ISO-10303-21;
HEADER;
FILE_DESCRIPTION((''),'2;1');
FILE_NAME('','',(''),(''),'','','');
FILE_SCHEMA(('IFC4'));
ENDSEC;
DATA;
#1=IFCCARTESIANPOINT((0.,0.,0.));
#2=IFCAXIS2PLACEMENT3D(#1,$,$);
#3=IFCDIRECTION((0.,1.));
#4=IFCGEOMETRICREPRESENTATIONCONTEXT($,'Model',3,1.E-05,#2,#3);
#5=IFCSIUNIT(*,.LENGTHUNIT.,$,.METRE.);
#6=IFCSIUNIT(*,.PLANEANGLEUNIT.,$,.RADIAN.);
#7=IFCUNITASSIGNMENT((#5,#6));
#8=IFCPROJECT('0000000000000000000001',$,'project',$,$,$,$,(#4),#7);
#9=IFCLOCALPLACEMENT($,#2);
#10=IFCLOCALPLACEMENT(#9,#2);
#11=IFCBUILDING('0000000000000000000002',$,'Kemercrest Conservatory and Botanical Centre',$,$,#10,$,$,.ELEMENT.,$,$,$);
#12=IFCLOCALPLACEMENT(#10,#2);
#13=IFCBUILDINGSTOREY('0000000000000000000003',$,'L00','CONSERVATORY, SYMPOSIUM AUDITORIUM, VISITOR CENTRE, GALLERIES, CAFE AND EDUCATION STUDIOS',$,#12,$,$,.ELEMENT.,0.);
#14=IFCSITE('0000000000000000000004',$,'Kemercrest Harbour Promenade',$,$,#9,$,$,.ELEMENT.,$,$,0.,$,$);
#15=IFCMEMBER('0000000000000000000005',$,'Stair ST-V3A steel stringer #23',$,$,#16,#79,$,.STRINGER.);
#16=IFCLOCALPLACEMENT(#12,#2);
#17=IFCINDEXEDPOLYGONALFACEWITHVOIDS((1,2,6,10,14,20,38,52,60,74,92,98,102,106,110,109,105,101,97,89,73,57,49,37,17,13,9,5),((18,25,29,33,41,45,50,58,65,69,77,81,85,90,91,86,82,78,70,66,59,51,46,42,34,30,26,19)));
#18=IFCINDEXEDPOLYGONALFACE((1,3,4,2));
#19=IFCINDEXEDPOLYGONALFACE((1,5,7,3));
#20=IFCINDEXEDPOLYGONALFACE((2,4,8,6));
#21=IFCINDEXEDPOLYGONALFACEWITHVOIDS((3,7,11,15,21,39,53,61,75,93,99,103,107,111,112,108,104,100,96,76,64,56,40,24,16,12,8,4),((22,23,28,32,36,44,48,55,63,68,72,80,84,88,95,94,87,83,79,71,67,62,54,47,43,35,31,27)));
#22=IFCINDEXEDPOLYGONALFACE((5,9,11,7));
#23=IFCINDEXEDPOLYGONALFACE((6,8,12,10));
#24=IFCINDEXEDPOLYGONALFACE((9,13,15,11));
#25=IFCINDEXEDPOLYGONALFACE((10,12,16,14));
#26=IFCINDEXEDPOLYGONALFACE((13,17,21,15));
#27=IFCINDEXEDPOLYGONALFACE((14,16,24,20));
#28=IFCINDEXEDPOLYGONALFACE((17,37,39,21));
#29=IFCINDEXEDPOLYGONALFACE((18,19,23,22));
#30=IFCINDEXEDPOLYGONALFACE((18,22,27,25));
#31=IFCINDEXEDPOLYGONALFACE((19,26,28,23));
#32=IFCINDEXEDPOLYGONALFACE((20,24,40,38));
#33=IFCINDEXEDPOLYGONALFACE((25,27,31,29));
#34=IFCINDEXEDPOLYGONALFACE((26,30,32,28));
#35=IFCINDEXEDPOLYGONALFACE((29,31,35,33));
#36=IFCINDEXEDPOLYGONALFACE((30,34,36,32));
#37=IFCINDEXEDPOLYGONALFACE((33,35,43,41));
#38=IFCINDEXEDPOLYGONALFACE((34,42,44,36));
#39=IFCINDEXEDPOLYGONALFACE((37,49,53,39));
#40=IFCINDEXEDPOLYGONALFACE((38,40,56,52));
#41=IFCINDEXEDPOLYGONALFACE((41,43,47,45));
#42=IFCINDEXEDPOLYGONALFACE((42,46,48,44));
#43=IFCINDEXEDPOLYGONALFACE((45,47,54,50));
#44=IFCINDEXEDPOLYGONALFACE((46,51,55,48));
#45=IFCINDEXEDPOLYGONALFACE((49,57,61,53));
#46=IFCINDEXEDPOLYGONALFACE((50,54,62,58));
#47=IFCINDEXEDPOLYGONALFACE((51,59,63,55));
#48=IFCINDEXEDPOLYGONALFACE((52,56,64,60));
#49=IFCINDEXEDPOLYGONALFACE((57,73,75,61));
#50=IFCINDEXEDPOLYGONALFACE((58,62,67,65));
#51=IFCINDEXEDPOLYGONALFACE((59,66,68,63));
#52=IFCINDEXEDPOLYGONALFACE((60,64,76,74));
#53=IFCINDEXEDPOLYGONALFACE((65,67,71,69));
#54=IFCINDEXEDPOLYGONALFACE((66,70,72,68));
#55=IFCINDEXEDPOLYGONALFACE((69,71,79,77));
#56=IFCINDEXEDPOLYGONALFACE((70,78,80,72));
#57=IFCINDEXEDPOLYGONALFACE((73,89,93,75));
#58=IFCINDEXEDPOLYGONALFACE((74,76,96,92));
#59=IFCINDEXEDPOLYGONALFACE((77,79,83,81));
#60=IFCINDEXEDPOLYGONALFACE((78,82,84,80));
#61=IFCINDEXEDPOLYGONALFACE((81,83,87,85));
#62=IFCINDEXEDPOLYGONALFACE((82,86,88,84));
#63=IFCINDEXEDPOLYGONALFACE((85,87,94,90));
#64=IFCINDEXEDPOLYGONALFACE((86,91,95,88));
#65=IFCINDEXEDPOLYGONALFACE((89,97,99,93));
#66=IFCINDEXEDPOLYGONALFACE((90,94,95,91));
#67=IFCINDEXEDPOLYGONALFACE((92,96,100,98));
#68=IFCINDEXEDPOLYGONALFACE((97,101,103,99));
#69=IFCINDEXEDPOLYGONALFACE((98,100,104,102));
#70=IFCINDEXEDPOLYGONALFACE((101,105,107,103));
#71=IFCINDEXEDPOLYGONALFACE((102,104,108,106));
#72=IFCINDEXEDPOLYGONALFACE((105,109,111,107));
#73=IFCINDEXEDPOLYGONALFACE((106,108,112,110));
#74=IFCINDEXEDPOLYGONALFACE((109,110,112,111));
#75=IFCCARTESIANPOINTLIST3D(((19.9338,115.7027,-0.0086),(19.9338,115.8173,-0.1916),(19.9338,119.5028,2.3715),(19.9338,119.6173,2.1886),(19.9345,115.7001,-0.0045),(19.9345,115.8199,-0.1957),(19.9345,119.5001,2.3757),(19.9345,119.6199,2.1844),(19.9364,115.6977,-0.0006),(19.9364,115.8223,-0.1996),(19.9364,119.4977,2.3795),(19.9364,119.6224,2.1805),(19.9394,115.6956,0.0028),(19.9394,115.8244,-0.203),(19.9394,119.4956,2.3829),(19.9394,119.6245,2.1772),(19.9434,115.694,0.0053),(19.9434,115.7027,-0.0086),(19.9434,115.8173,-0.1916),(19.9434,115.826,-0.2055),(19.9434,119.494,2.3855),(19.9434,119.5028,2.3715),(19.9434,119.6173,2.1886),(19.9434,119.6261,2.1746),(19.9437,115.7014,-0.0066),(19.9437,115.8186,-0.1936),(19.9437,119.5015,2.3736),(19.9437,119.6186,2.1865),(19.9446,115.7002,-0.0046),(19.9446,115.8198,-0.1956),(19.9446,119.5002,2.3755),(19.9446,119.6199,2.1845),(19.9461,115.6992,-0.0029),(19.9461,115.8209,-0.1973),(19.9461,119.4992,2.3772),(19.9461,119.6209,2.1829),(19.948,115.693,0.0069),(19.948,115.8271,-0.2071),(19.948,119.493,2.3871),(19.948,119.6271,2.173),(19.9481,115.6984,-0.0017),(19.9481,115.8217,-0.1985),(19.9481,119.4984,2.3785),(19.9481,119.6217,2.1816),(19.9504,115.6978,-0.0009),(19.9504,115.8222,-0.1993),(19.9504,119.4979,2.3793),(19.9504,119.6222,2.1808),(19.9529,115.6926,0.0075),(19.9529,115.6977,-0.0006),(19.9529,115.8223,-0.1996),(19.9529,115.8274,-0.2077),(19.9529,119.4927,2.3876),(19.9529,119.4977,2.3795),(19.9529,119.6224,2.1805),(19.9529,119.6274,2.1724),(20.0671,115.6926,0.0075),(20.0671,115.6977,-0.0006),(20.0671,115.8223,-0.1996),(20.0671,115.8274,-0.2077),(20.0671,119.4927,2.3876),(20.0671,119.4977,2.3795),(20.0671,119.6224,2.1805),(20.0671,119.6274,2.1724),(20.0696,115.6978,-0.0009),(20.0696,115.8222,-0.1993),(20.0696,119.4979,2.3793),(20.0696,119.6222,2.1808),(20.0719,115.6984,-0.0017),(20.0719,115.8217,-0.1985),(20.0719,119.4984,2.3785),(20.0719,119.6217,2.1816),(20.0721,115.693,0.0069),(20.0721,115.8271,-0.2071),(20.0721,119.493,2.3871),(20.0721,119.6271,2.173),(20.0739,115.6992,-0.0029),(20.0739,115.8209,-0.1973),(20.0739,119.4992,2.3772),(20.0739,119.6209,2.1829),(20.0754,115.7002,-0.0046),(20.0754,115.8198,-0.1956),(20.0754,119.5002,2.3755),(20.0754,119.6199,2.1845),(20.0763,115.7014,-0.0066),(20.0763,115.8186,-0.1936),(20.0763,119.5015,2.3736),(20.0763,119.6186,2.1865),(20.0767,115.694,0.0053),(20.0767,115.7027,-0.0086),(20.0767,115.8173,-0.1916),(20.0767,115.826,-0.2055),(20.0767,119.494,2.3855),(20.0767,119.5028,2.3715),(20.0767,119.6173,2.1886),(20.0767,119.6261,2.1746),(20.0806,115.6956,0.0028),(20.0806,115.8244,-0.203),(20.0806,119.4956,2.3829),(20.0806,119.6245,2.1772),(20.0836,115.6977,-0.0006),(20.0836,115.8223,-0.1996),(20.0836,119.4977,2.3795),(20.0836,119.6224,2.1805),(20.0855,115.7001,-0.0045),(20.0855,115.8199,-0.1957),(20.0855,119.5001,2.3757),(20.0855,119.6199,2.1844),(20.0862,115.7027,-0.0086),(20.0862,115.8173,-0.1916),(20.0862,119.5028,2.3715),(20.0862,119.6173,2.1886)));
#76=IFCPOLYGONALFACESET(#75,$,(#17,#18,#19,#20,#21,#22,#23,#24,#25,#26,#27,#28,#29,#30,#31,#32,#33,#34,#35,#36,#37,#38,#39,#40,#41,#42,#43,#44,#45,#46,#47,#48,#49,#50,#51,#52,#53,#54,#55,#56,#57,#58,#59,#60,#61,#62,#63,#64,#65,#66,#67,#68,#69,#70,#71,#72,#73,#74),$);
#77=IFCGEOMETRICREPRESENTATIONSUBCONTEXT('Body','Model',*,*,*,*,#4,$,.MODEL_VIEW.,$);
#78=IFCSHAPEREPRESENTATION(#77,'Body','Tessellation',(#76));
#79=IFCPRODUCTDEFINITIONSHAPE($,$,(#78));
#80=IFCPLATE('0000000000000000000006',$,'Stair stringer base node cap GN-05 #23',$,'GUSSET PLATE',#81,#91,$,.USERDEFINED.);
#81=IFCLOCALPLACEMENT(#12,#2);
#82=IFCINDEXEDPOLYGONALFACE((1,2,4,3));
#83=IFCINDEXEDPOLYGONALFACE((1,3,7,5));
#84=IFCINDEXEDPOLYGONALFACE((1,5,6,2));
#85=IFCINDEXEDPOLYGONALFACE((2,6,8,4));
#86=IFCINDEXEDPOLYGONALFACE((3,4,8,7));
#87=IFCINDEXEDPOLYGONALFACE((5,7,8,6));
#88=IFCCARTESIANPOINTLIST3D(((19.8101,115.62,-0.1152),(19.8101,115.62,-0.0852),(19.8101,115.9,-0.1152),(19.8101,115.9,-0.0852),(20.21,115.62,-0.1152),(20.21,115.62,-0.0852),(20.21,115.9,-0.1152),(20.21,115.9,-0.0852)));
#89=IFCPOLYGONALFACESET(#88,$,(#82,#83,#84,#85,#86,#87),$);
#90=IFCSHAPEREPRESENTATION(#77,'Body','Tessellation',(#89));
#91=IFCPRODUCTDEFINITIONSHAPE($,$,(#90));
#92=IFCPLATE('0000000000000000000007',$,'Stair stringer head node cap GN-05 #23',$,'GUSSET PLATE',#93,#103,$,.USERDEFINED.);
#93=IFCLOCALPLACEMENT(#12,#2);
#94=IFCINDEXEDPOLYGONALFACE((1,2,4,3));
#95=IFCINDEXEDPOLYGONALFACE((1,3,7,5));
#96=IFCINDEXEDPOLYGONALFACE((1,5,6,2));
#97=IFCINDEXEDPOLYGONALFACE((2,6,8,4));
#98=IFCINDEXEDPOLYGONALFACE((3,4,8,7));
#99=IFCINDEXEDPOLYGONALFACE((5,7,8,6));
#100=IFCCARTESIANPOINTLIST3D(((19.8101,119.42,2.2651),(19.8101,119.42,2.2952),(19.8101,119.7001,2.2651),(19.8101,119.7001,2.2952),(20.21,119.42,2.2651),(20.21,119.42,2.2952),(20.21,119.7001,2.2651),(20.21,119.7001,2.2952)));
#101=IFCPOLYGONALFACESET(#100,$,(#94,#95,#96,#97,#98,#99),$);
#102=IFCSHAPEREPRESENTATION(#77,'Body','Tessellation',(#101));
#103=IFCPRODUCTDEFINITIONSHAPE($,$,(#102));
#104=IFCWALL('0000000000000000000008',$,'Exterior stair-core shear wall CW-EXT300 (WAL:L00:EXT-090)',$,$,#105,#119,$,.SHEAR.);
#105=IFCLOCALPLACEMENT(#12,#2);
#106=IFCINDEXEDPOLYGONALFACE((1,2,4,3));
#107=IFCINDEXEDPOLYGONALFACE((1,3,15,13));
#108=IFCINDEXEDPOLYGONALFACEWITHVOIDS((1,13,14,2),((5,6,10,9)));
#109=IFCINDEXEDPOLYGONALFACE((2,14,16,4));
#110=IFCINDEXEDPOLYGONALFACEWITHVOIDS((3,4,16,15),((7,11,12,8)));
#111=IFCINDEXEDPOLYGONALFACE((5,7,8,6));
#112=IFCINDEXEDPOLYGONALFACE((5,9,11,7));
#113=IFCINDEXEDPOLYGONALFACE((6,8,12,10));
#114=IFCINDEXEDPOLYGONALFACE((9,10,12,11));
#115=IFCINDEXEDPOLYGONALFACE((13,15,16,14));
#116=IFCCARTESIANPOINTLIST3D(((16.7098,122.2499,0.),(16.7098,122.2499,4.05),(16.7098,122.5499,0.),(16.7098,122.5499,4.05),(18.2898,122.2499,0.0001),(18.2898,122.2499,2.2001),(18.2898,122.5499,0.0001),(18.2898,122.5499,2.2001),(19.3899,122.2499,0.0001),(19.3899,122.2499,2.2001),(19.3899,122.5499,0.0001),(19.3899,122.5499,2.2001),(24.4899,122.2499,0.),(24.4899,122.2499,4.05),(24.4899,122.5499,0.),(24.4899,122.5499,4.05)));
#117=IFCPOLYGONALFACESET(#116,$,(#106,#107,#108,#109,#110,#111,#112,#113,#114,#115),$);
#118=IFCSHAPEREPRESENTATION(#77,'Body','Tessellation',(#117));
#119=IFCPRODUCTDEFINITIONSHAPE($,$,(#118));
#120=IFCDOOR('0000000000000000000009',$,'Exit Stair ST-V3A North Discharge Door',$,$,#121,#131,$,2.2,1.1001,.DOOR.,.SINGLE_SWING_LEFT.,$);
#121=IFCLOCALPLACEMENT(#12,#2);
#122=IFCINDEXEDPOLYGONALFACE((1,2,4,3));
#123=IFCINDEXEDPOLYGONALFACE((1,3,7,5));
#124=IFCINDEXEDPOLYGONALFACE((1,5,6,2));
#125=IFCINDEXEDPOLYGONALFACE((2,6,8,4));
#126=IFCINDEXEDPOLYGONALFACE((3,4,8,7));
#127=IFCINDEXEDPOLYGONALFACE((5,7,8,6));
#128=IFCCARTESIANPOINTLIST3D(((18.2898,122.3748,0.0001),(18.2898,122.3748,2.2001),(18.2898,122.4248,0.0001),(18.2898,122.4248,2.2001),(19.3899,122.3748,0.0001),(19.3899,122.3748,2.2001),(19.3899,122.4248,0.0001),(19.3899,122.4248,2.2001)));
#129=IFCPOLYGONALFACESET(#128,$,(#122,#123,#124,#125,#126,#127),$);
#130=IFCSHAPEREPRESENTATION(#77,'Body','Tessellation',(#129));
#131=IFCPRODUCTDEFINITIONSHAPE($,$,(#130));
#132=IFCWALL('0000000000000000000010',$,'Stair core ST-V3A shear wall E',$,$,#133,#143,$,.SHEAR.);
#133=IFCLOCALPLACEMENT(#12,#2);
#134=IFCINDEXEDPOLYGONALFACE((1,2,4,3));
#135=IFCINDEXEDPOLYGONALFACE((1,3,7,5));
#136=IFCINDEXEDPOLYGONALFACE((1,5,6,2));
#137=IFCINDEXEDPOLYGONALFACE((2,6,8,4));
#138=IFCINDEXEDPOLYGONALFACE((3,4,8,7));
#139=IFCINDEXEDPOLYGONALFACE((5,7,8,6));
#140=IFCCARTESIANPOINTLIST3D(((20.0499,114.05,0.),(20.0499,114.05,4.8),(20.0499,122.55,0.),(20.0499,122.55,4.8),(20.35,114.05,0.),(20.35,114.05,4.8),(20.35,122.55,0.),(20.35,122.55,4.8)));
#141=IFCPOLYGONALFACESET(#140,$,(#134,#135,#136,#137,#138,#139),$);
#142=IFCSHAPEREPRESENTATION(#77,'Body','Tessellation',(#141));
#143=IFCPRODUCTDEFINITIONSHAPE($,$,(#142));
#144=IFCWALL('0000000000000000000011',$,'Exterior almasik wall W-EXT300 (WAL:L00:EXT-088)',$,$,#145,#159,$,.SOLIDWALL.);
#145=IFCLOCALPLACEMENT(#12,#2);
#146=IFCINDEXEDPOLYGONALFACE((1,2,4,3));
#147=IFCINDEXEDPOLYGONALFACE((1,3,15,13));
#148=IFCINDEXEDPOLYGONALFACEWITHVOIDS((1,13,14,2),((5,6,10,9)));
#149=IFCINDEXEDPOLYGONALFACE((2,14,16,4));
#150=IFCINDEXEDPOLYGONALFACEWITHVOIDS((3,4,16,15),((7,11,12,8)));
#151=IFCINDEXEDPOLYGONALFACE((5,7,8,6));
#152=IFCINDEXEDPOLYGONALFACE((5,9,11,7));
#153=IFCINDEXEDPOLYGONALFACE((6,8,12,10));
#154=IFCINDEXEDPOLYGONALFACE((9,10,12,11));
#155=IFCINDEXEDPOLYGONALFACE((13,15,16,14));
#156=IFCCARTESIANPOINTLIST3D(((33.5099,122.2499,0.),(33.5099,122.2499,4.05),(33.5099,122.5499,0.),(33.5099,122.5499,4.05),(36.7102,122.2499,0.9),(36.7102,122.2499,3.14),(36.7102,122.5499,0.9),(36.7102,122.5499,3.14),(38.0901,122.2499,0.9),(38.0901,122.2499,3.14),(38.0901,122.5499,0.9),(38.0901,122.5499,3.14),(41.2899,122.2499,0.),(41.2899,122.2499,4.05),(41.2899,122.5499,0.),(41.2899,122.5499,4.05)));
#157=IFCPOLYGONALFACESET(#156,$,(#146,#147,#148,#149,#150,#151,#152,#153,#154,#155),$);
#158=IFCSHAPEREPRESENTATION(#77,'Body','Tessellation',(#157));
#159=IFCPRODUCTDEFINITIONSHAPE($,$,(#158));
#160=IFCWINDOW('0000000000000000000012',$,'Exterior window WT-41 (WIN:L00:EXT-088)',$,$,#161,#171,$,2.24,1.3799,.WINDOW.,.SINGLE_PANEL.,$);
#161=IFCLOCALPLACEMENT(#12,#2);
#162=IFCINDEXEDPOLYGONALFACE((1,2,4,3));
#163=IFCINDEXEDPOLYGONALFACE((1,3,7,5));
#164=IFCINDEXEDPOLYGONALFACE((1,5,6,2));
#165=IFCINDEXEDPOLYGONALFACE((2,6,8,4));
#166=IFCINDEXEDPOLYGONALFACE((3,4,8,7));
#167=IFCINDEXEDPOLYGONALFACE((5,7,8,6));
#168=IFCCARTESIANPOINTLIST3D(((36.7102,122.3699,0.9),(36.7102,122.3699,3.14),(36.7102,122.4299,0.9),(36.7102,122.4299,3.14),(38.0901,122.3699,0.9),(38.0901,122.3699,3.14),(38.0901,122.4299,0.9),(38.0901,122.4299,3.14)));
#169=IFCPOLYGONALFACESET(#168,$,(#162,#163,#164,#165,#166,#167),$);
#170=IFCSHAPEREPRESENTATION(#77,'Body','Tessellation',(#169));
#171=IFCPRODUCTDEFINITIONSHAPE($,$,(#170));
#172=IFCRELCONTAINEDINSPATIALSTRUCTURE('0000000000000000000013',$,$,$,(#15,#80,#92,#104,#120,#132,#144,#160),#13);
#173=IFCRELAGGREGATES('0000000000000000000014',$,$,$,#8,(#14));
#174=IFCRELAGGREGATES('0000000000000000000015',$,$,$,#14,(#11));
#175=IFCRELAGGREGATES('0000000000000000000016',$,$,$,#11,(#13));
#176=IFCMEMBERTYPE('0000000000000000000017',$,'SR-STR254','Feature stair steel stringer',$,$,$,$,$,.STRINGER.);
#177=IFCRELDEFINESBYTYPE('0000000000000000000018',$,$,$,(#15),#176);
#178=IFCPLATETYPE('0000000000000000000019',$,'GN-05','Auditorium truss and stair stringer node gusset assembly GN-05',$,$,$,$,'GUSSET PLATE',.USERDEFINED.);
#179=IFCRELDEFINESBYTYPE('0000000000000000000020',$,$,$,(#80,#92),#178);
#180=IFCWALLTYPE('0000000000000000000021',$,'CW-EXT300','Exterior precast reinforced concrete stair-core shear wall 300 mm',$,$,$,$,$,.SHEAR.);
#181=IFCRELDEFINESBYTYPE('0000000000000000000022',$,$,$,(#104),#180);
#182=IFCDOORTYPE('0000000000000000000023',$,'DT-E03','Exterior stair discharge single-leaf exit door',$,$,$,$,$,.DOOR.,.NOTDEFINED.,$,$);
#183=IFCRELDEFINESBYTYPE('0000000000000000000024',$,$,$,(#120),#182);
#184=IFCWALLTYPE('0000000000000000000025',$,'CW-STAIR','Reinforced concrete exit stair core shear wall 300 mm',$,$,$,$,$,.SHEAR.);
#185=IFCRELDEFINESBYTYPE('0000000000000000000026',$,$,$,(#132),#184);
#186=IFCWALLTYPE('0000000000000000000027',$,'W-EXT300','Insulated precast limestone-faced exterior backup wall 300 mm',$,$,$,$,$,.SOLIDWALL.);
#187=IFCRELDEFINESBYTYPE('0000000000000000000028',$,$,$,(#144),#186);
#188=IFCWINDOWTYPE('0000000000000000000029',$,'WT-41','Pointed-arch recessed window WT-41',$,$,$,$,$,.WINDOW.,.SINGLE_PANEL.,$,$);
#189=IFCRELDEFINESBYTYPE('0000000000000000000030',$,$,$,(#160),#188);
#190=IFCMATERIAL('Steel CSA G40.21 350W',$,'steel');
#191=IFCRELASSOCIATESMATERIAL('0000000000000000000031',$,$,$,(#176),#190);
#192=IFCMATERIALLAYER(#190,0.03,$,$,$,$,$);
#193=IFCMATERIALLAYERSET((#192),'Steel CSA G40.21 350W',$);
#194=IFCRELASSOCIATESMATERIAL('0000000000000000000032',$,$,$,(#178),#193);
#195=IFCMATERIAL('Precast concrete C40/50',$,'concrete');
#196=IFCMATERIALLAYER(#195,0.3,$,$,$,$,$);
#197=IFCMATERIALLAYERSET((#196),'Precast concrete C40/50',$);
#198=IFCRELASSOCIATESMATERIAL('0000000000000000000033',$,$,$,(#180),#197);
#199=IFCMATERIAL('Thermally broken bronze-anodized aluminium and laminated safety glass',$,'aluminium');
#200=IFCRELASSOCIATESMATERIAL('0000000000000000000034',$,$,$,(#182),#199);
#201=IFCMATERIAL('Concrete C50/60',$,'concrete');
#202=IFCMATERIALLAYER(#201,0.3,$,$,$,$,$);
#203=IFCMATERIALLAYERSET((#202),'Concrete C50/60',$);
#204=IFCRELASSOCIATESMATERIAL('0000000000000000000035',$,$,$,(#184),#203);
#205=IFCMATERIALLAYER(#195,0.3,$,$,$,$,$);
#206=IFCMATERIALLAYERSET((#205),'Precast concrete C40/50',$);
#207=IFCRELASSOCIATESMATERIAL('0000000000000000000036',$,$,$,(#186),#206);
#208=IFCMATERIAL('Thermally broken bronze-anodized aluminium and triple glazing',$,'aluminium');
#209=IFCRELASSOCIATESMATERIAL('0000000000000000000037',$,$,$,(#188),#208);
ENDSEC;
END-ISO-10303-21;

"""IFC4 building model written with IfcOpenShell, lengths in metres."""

from ifc_helpers import new_model, si_unit, direction, frame, frame_2d, origin, origin_2d, place, context, subcontext, project, spatial, rectangle, hollow_rectangle, extrude, material, layer, layer_set, material_profile, profile_set, type_object, element, fill, save


model = new_model("IFC4")

# Units and contexts
model_context = context("Model", 3, precision=1e-05, world=origin(), true_north=direction((0.0, 1.0)))
body_context = subcontext(model_context, "Body", "Model", "MODEL_VIEW")
ifc_project = project(units=[si_unit("LENGTHUNIT", "METRE"), si_unit("PLANEANGLEUNIT", "RADIAN")], contexts=[model_context])

# Site, building, storey
site_placement = place(None, origin())
site = spatial("IfcSite", under=ifc_project, at=site_placement, Name="Kemercrest Harbour Promenade", CompositionType="ELEMENT", RefElevation=0.0)
building_placement = place(site_placement, origin())
building = spatial("IfcBuilding", under=site, at=building_placement, Name="Kemercrest Conservatory and Botanical Centre", CompositionType="ELEMENT")
storey_placement = place(building_placement, origin())
storey = spatial("IfcBuildingStorey", under=building, at=storey_placement, Name="L00", Description="CONSERVATORY, SYMPOSIUM AUDITORIUM, VISITOR CENTRE, GALLERIES, CAFE AND EDUCATION STUDIOS", CompositionType="ELEMENT", Elevation=0.0)

# Shared definitions
ifc_material_1 = material(Name="Precast concrete C40/50", Category="concrete")

# Member
ifc_material_2 = material(Name="Steel CSA G40.21 350W", Category="steel")
ifc_material_profile_1 = material_profile(ifc_material_2, hollow_rectangle(XDim=0.1523, YDim=0.2539, WallThickness=0.0095, InnerFilletRadius=0.0095, OuterFilletRadius=0.019, at=origin_2d()), Name="HSS 254x152x9.5")
ifc_profile_set_1 = profile_set([ifc_material_profile_1], Name="Steel CSA G40.21 350W")
member_type = type_object("IfcMemberType", Name="SR-STR254", Description="Feature stair steel stringer", PredefinedType="STRINGER", material=ifc_profile_set_1)
member_placement = place(storey_placement, frame((20.01, 115.76, -0.1001), z_axis=(0.0, 0.847487, 0.530816), x_axis=(-1.0, 0.0, 0.0)))
element("IfcMember", 1, at=member_placement, inside=storey, type_object=member_type, Name="Stair ST-V3A steel stringer #23", PredefinedType="STRINGER", context=body_context, shape_type="SweptSolid", body=[
    extrude(hollow_rectangle(XDim=0.1523, YDim=0.2539, WallThickness=0.0095, InnerFilletRadius=0.0095, OuterFilletRadius=0.019, at=origin_2d()), origin(), (0.0, 0.0, 1.0), 4.4839),
])

# Plates
ifc_layer_1 = layer(ifc_material_2, 0.03)
ifc_layer_set_1 = layer_set([ifc_layer_1], Name="Steel CSA G40.21 350W")
plate_type = type_object("IfcPlateType", Name="GN-05", Description="Auditorium truss and stair stringer node gusset assembly GN-05", ElementType="GUSSET PLATE", PredefinedType="USERDEFINED", material=ifc_layer_set_1)
for number, where, z_axis, x_axis, name in (
    (2, (20.01, 115.76, -0.1152), (0.0, 0.0, 1.0), (1.0, 0.0, 0.0), "Stair stringer base node cap GN-05 #23"),
    (3, (20.01, 119.5601, 2.2651), (0.0, 0.0, 1.0), (1.0, 0.0, 0.0), "Stair stringer head node cap GN-05 #23"),
):
    element("IfcPlate", number, at=place(storey_placement, frame(where, z_axis=z_axis, x_axis=x_axis)), inside=storey, type_object=plate_type, Name=name, ObjectType="GUSSET PLATE", PredefinedType="USERDEFINED", context=body_context, shape_type="SweptSolid", body=[
        extrude(rectangle(XDim=0.3999, YDim=0.28, at=origin_2d()), origin(), (0.0, 0.0, 1.0), 0.03),
    ])

# Wall, opening, door
ifc_layer_2 = layer(ifc_material_1, 0.3)
ifc_layer_set_2 = layer_set([ifc_layer_2], Name="Precast concrete C40/50")
wall_type_1 = type_object("IfcWallType", Name="CW-EXT300", Description="Exterior precast reinforced concrete stair-core shear wall 300 mm", PredefinedType="SHEAR", material=ifc_layer_set_2)
wall_1_placement = place(storey_placement, frame((24.49, 122.3999, 0.0), z_axis=(0.0, 0.0, 1.0), x_axis=(-1.0, 0.0, 0.0)))
wall_1 = element("IfcWall", 4, at=wall_1_placement, inside=storey, type_object=wall_type_1, Name="Exterior stair-core shear wall CW-EXT300 (WAL:L00:EXT-090)", PredefinedType="SHEAR", context=body_context, shape_type="SweptSolid", body=[
    extrude(rectangle(XDim=7.78, YDim=0.3, at=frame_2d((3.8901, 0.0))), origin(), (0.0, 0.0, 1.0), 4.05),
])
opening_1_placement = place(wall_1_placement, frame((5.1001, 0.0, 0.0)))
opening_1 = element("IfcOpeningElement", 5, at=opening_1_placement, cuts=wall_1, PredefinedType="OPENING", context=body_context, shape_type="SweptSolid", body=[
    extrude(rectangle(XDim=1.1001, YDim=2.2, at=frame_2d((0.55, 1.1001))), frame((0.0, 0.1602, 0.0), z_axis=(0.0, -1.0, 0.0), x_axis=(1.0, 0.0, 0.0)), (0.0, 0.0, 1.0), 0.3201),
])
ifc_material_3 = material(Name="Thermally broken bronze-anodized aluminium and laminated safety glass", Category="aluminium")
door_type_1 = type_object("IfcDoorType", Name="DT-E03", Description="Exterior stair discharge single-leaf exit door", OperationType="NOTDEFINED", PredefinedType="DOOR", material=ifc_material_3)
door_1_placement = place(opening_1_placement, frame((1.1001, 0.0, 0.0), z_axis=(0.0, 0.0, 1.0), x_axis=(-1.0, 0.0, 0.0)))
door_1 = element("IfcDoor", 6, at=door_1_placement, inside=storey, type_object=door_type_1, Name="Exit Stair ST-V3A North Discharge Door", OperationType="SINGLE_SWING_LEFT", OverallHeight=2.2, OverallWidth=1.1001, PredefinedType="DOOR", context=body_context, shape_type="SweptSolid", body=[
    extrude(rectangle(XDim=1.1001, YDim=2.2, at=frame_2d((0.55, 1.1001))), frame((0.0, 0.0249, 0.0), z_axis=(0.0, -1.0, 0.0), x_axis=(1.0, 0.0, 0.0)), (0.0, 0.0, 1.0), 0.05),
])
fill(opening_1, door_1)

# Wall
ifc_material_4 = material(Name="Concrete C50/60", Category="concrete")
ifc_layer_3 = layer(ifc_material_4, 0.3)
ifc_layer_set_3 = layer_set([ifc_layer_3], Name="Concrete C50/60")
wall_type_2 = type_object("IfcWallType", Name="CW-STAIR", Description="Reinforced concrete exit stair core shear wall 300 mm", PredefinedType="SHEAR", material=ifc_layer_set_3)
wall_2_placement = place(storey_placement, frame((20.2, 114.05, 0.0), z_axis=(0.0, 0.0, 1.0), x_axis=(0.0, 1.0, 0.0)))
element("IfcWall", 7, at=wall_2_placement, inside=storey, type_object=wall_type_2, Name="Stair core ST-V3A shear wall E", PredefinedType="SHEAR", context=body_context, shape_type="SweptSolid", body=[
    extrude(rectangle(XDim=8.5, YDim=0.3, at=frame_2d((4.25, 0.0))), origin(), (0.0, 0.0, 1.0), 4.8),
])

# Wall, opening, window
ifc_layer_4 = layer(ifc_material_1, 0.3)
ifc_layer_set_4 = layer_set([ifc_layer_4], Name="Precast concrete C40/50")
wall_type_3 = type_object("IfcWallType", Name="W-EXT300", Description="Insulated precast limestone-faced exterior backup wall 300 mm", PredefinedType="SOLIDWALL", material=ifc_layer_set_4)
wall_3_placement = place(storey_placement, frame((41.29, 122.3999, 0.0), z_axis=(0.0, 0.0, 1.0), x_axis=(-1.0, 0.0, 0.0)))
wall_3 = element("IfcWall", 8, at=wall_3_placement, inside=storey, type_object=wall_type_3, Name="Exterior almasik wall W-EXT300 (WAL:L00:EXT-088)", PredefinedType="SOLIDWALL", context=body_context, shape_type="SweptSolid", body=[
    extrude(rectangle(XDim=7.78, YDim=0.3, at=frame_2d((3.8901, 0.0))), origin(), (0.0, 0.0, 1.0), 4.05),
])
opening_2_placement = place(wall_3_placement, frame((3.2, 0.0, 0.8999)))
opening_2 = element("IfcOpeningElement", 9, at=opening_2_placement, cuts=wall_3, PredefinedType="OPENING", context=body_context, shape_type="SweptSolid", body=[
    extrude(rectangle(XDim=1.3799, YDim=2.24, at=frame_2d((0.6899, 1.1201))), frame((0.0, 0.1602, 0.0), z_axis=(0.0, -1.0, 0.0), x_axis=(1.0, 0.0, 0.0)), (0.0, 0.0, 1.0), 0.3201),
])
ifc_material_5 = material(Name="Thermally broken bronze-anodized aluminium and triple glazing", Category="aluminium")
window_type_1 = type_object("IfcWindowType", Name="WT-41", Description="Pointed-arch recessed window WT-41", PartitioningType="SINGLE_PANEL", PredefinedType="WINDOW", material=ifc_material_5)
window_1_placement = place(opening_2_placement, origin())
window_1 = element("IfcWindow", 10, at=window_1_placement, inside=storey, type_object=window_type_1, Name="Exterior window WT-41 (WIN:L00:EXT-088)", OverallHeight=2.24, OverallWidth=1.3799, PartitioningType="SINGLE_PANEL", PredefinedType="WINDOW", context=body_context, shape_type="SweptSolid", body=[
    extrude(rectangle(XDim=1.3799, YDim=2.24, at=frame_2d((0.6899, 1.1201))), frame((0.0, 0.03, 0.0), z_axis=(0.0, -1.0, 0.0), x_axis=(1.0, 0.0, 0.0)), (0.0, 0.0, 1.0), 0.0601),
])
fill(opening_2, window_1)

save(model, "model.ifc")
